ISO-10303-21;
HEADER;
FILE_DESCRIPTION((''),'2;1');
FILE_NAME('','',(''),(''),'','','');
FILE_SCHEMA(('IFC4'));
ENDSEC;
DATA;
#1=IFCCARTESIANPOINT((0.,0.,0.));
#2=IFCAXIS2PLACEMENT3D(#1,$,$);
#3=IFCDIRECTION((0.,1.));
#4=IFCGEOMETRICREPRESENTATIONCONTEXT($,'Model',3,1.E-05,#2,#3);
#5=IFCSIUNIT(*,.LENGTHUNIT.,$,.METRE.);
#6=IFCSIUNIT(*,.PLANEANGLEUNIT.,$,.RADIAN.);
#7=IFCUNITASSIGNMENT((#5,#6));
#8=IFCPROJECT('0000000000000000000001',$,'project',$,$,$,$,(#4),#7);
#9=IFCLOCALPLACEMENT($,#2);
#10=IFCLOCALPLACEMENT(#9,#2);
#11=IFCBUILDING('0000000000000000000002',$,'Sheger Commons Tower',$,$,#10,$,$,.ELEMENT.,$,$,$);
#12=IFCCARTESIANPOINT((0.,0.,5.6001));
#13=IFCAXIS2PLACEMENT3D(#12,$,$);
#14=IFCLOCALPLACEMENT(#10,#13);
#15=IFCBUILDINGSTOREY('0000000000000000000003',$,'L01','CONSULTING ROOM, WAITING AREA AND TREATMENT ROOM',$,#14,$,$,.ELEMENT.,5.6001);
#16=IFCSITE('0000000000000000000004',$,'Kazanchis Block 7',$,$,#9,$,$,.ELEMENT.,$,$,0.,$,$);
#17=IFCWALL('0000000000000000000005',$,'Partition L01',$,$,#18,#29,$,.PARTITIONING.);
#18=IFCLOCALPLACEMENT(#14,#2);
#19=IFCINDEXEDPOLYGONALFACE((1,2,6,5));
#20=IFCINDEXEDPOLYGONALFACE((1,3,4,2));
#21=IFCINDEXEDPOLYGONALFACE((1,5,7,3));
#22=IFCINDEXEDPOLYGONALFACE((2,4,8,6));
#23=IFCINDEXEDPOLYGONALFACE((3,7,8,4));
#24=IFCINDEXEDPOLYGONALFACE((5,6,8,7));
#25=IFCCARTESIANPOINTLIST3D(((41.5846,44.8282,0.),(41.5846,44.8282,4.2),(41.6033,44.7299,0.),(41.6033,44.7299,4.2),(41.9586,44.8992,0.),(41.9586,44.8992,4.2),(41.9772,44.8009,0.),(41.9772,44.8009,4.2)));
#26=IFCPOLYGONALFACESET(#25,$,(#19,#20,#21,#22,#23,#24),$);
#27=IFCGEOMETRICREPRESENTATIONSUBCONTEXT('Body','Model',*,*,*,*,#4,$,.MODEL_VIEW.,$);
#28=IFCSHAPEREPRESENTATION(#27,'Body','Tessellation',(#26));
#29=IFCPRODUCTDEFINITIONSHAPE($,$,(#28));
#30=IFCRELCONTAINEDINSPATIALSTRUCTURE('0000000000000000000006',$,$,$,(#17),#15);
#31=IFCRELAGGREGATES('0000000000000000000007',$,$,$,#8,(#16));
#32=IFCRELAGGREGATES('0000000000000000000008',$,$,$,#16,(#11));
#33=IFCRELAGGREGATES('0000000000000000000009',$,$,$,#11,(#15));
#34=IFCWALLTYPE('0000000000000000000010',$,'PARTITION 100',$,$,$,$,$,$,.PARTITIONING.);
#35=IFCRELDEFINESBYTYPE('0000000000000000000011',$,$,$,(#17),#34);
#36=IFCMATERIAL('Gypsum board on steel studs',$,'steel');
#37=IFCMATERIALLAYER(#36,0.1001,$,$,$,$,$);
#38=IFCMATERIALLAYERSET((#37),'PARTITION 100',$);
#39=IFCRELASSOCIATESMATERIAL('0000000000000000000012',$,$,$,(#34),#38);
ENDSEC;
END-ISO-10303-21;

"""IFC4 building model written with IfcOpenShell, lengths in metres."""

from ifc_helpers import new_model, si_unit, direction, frame, frame_2d, origin, place, context, subcontext, project, spatial, rectangle, extrude, material, layer, layer_set, type_object, element, save


model = new_model("IFC4")

# Units and contexts
model_context = context("Model", 3, precision=1e-05, world=origin(), true_north=direction((0.0, 1.0)))
body_context = subcontext(model_context, "Body", "Model", "MODEL_VIEW")
ifc_project = project(units=[si_unit("LENGTHUNIT", "METRE"), si_unit("PLANEANGLEUNIT", "RADIAN")], contexts=[model_context])

# Site, building, storey
site_placement = place(None, origin())
site = spatial("IfcSite", under=ifc_project, at=site_placement, Name="Kazanchis Block 7", CompositionType="ELEMENT", RefElevation=0.0)
building_placement = place(site_placement, origin())
building = spatial("IfcBuilding", under=site, at=building_placement, Name="Sheger Commons Tower", CompositionType="ELEMENT")
storey_placement = place(building_placement, frame((0.0, 0.0, 5.6001)))
storey = spatial("IfcBuildingStorey", under=building, at=storey_placement, Name="L01", Description="CONSULTING ROOM, WAITING AREA AND TREATMENT ROOM", CompositionType="ELEMENT", Elevation=5.6001)

# Wall
ifc_material_1 = material(Name="Gypsum board on steel studs", Category="steel")
ifc_layer_1 = layer(ifc_material_1, 0.1001)
ifc_layer_set_1 = layer_set([ifc_layer_1], Name="PARTITION 100")
wall_type_1 = type_object("IfcWallType", Name="PARTITION 100", PredefinedType="PARTITIONING", material=ifc_layer_set_1)
wall_1_placement = place(storey_placement, frame((41.968, 44.8501, 0.0), z_axis=(0.0, 0.0, 1.0), x_axis=(-0.982434, -0.186611, 0.0)))
element("IfcWall", 1, at=wall_1_placement, inside=storey, type_object=wall_type_1, Name="Partition L01", PredefinedType="PARTITIONING", context=body_context, shape_type="SweptSolid", body=[
    extrude(rectangle(XDim=0.3806, YDim=0.1001, at=frame_2d((0.1904, 0.0))), origin(), (0.0, 0.0, 1.0), 4.2),
])

save(model, "model.ifc")
